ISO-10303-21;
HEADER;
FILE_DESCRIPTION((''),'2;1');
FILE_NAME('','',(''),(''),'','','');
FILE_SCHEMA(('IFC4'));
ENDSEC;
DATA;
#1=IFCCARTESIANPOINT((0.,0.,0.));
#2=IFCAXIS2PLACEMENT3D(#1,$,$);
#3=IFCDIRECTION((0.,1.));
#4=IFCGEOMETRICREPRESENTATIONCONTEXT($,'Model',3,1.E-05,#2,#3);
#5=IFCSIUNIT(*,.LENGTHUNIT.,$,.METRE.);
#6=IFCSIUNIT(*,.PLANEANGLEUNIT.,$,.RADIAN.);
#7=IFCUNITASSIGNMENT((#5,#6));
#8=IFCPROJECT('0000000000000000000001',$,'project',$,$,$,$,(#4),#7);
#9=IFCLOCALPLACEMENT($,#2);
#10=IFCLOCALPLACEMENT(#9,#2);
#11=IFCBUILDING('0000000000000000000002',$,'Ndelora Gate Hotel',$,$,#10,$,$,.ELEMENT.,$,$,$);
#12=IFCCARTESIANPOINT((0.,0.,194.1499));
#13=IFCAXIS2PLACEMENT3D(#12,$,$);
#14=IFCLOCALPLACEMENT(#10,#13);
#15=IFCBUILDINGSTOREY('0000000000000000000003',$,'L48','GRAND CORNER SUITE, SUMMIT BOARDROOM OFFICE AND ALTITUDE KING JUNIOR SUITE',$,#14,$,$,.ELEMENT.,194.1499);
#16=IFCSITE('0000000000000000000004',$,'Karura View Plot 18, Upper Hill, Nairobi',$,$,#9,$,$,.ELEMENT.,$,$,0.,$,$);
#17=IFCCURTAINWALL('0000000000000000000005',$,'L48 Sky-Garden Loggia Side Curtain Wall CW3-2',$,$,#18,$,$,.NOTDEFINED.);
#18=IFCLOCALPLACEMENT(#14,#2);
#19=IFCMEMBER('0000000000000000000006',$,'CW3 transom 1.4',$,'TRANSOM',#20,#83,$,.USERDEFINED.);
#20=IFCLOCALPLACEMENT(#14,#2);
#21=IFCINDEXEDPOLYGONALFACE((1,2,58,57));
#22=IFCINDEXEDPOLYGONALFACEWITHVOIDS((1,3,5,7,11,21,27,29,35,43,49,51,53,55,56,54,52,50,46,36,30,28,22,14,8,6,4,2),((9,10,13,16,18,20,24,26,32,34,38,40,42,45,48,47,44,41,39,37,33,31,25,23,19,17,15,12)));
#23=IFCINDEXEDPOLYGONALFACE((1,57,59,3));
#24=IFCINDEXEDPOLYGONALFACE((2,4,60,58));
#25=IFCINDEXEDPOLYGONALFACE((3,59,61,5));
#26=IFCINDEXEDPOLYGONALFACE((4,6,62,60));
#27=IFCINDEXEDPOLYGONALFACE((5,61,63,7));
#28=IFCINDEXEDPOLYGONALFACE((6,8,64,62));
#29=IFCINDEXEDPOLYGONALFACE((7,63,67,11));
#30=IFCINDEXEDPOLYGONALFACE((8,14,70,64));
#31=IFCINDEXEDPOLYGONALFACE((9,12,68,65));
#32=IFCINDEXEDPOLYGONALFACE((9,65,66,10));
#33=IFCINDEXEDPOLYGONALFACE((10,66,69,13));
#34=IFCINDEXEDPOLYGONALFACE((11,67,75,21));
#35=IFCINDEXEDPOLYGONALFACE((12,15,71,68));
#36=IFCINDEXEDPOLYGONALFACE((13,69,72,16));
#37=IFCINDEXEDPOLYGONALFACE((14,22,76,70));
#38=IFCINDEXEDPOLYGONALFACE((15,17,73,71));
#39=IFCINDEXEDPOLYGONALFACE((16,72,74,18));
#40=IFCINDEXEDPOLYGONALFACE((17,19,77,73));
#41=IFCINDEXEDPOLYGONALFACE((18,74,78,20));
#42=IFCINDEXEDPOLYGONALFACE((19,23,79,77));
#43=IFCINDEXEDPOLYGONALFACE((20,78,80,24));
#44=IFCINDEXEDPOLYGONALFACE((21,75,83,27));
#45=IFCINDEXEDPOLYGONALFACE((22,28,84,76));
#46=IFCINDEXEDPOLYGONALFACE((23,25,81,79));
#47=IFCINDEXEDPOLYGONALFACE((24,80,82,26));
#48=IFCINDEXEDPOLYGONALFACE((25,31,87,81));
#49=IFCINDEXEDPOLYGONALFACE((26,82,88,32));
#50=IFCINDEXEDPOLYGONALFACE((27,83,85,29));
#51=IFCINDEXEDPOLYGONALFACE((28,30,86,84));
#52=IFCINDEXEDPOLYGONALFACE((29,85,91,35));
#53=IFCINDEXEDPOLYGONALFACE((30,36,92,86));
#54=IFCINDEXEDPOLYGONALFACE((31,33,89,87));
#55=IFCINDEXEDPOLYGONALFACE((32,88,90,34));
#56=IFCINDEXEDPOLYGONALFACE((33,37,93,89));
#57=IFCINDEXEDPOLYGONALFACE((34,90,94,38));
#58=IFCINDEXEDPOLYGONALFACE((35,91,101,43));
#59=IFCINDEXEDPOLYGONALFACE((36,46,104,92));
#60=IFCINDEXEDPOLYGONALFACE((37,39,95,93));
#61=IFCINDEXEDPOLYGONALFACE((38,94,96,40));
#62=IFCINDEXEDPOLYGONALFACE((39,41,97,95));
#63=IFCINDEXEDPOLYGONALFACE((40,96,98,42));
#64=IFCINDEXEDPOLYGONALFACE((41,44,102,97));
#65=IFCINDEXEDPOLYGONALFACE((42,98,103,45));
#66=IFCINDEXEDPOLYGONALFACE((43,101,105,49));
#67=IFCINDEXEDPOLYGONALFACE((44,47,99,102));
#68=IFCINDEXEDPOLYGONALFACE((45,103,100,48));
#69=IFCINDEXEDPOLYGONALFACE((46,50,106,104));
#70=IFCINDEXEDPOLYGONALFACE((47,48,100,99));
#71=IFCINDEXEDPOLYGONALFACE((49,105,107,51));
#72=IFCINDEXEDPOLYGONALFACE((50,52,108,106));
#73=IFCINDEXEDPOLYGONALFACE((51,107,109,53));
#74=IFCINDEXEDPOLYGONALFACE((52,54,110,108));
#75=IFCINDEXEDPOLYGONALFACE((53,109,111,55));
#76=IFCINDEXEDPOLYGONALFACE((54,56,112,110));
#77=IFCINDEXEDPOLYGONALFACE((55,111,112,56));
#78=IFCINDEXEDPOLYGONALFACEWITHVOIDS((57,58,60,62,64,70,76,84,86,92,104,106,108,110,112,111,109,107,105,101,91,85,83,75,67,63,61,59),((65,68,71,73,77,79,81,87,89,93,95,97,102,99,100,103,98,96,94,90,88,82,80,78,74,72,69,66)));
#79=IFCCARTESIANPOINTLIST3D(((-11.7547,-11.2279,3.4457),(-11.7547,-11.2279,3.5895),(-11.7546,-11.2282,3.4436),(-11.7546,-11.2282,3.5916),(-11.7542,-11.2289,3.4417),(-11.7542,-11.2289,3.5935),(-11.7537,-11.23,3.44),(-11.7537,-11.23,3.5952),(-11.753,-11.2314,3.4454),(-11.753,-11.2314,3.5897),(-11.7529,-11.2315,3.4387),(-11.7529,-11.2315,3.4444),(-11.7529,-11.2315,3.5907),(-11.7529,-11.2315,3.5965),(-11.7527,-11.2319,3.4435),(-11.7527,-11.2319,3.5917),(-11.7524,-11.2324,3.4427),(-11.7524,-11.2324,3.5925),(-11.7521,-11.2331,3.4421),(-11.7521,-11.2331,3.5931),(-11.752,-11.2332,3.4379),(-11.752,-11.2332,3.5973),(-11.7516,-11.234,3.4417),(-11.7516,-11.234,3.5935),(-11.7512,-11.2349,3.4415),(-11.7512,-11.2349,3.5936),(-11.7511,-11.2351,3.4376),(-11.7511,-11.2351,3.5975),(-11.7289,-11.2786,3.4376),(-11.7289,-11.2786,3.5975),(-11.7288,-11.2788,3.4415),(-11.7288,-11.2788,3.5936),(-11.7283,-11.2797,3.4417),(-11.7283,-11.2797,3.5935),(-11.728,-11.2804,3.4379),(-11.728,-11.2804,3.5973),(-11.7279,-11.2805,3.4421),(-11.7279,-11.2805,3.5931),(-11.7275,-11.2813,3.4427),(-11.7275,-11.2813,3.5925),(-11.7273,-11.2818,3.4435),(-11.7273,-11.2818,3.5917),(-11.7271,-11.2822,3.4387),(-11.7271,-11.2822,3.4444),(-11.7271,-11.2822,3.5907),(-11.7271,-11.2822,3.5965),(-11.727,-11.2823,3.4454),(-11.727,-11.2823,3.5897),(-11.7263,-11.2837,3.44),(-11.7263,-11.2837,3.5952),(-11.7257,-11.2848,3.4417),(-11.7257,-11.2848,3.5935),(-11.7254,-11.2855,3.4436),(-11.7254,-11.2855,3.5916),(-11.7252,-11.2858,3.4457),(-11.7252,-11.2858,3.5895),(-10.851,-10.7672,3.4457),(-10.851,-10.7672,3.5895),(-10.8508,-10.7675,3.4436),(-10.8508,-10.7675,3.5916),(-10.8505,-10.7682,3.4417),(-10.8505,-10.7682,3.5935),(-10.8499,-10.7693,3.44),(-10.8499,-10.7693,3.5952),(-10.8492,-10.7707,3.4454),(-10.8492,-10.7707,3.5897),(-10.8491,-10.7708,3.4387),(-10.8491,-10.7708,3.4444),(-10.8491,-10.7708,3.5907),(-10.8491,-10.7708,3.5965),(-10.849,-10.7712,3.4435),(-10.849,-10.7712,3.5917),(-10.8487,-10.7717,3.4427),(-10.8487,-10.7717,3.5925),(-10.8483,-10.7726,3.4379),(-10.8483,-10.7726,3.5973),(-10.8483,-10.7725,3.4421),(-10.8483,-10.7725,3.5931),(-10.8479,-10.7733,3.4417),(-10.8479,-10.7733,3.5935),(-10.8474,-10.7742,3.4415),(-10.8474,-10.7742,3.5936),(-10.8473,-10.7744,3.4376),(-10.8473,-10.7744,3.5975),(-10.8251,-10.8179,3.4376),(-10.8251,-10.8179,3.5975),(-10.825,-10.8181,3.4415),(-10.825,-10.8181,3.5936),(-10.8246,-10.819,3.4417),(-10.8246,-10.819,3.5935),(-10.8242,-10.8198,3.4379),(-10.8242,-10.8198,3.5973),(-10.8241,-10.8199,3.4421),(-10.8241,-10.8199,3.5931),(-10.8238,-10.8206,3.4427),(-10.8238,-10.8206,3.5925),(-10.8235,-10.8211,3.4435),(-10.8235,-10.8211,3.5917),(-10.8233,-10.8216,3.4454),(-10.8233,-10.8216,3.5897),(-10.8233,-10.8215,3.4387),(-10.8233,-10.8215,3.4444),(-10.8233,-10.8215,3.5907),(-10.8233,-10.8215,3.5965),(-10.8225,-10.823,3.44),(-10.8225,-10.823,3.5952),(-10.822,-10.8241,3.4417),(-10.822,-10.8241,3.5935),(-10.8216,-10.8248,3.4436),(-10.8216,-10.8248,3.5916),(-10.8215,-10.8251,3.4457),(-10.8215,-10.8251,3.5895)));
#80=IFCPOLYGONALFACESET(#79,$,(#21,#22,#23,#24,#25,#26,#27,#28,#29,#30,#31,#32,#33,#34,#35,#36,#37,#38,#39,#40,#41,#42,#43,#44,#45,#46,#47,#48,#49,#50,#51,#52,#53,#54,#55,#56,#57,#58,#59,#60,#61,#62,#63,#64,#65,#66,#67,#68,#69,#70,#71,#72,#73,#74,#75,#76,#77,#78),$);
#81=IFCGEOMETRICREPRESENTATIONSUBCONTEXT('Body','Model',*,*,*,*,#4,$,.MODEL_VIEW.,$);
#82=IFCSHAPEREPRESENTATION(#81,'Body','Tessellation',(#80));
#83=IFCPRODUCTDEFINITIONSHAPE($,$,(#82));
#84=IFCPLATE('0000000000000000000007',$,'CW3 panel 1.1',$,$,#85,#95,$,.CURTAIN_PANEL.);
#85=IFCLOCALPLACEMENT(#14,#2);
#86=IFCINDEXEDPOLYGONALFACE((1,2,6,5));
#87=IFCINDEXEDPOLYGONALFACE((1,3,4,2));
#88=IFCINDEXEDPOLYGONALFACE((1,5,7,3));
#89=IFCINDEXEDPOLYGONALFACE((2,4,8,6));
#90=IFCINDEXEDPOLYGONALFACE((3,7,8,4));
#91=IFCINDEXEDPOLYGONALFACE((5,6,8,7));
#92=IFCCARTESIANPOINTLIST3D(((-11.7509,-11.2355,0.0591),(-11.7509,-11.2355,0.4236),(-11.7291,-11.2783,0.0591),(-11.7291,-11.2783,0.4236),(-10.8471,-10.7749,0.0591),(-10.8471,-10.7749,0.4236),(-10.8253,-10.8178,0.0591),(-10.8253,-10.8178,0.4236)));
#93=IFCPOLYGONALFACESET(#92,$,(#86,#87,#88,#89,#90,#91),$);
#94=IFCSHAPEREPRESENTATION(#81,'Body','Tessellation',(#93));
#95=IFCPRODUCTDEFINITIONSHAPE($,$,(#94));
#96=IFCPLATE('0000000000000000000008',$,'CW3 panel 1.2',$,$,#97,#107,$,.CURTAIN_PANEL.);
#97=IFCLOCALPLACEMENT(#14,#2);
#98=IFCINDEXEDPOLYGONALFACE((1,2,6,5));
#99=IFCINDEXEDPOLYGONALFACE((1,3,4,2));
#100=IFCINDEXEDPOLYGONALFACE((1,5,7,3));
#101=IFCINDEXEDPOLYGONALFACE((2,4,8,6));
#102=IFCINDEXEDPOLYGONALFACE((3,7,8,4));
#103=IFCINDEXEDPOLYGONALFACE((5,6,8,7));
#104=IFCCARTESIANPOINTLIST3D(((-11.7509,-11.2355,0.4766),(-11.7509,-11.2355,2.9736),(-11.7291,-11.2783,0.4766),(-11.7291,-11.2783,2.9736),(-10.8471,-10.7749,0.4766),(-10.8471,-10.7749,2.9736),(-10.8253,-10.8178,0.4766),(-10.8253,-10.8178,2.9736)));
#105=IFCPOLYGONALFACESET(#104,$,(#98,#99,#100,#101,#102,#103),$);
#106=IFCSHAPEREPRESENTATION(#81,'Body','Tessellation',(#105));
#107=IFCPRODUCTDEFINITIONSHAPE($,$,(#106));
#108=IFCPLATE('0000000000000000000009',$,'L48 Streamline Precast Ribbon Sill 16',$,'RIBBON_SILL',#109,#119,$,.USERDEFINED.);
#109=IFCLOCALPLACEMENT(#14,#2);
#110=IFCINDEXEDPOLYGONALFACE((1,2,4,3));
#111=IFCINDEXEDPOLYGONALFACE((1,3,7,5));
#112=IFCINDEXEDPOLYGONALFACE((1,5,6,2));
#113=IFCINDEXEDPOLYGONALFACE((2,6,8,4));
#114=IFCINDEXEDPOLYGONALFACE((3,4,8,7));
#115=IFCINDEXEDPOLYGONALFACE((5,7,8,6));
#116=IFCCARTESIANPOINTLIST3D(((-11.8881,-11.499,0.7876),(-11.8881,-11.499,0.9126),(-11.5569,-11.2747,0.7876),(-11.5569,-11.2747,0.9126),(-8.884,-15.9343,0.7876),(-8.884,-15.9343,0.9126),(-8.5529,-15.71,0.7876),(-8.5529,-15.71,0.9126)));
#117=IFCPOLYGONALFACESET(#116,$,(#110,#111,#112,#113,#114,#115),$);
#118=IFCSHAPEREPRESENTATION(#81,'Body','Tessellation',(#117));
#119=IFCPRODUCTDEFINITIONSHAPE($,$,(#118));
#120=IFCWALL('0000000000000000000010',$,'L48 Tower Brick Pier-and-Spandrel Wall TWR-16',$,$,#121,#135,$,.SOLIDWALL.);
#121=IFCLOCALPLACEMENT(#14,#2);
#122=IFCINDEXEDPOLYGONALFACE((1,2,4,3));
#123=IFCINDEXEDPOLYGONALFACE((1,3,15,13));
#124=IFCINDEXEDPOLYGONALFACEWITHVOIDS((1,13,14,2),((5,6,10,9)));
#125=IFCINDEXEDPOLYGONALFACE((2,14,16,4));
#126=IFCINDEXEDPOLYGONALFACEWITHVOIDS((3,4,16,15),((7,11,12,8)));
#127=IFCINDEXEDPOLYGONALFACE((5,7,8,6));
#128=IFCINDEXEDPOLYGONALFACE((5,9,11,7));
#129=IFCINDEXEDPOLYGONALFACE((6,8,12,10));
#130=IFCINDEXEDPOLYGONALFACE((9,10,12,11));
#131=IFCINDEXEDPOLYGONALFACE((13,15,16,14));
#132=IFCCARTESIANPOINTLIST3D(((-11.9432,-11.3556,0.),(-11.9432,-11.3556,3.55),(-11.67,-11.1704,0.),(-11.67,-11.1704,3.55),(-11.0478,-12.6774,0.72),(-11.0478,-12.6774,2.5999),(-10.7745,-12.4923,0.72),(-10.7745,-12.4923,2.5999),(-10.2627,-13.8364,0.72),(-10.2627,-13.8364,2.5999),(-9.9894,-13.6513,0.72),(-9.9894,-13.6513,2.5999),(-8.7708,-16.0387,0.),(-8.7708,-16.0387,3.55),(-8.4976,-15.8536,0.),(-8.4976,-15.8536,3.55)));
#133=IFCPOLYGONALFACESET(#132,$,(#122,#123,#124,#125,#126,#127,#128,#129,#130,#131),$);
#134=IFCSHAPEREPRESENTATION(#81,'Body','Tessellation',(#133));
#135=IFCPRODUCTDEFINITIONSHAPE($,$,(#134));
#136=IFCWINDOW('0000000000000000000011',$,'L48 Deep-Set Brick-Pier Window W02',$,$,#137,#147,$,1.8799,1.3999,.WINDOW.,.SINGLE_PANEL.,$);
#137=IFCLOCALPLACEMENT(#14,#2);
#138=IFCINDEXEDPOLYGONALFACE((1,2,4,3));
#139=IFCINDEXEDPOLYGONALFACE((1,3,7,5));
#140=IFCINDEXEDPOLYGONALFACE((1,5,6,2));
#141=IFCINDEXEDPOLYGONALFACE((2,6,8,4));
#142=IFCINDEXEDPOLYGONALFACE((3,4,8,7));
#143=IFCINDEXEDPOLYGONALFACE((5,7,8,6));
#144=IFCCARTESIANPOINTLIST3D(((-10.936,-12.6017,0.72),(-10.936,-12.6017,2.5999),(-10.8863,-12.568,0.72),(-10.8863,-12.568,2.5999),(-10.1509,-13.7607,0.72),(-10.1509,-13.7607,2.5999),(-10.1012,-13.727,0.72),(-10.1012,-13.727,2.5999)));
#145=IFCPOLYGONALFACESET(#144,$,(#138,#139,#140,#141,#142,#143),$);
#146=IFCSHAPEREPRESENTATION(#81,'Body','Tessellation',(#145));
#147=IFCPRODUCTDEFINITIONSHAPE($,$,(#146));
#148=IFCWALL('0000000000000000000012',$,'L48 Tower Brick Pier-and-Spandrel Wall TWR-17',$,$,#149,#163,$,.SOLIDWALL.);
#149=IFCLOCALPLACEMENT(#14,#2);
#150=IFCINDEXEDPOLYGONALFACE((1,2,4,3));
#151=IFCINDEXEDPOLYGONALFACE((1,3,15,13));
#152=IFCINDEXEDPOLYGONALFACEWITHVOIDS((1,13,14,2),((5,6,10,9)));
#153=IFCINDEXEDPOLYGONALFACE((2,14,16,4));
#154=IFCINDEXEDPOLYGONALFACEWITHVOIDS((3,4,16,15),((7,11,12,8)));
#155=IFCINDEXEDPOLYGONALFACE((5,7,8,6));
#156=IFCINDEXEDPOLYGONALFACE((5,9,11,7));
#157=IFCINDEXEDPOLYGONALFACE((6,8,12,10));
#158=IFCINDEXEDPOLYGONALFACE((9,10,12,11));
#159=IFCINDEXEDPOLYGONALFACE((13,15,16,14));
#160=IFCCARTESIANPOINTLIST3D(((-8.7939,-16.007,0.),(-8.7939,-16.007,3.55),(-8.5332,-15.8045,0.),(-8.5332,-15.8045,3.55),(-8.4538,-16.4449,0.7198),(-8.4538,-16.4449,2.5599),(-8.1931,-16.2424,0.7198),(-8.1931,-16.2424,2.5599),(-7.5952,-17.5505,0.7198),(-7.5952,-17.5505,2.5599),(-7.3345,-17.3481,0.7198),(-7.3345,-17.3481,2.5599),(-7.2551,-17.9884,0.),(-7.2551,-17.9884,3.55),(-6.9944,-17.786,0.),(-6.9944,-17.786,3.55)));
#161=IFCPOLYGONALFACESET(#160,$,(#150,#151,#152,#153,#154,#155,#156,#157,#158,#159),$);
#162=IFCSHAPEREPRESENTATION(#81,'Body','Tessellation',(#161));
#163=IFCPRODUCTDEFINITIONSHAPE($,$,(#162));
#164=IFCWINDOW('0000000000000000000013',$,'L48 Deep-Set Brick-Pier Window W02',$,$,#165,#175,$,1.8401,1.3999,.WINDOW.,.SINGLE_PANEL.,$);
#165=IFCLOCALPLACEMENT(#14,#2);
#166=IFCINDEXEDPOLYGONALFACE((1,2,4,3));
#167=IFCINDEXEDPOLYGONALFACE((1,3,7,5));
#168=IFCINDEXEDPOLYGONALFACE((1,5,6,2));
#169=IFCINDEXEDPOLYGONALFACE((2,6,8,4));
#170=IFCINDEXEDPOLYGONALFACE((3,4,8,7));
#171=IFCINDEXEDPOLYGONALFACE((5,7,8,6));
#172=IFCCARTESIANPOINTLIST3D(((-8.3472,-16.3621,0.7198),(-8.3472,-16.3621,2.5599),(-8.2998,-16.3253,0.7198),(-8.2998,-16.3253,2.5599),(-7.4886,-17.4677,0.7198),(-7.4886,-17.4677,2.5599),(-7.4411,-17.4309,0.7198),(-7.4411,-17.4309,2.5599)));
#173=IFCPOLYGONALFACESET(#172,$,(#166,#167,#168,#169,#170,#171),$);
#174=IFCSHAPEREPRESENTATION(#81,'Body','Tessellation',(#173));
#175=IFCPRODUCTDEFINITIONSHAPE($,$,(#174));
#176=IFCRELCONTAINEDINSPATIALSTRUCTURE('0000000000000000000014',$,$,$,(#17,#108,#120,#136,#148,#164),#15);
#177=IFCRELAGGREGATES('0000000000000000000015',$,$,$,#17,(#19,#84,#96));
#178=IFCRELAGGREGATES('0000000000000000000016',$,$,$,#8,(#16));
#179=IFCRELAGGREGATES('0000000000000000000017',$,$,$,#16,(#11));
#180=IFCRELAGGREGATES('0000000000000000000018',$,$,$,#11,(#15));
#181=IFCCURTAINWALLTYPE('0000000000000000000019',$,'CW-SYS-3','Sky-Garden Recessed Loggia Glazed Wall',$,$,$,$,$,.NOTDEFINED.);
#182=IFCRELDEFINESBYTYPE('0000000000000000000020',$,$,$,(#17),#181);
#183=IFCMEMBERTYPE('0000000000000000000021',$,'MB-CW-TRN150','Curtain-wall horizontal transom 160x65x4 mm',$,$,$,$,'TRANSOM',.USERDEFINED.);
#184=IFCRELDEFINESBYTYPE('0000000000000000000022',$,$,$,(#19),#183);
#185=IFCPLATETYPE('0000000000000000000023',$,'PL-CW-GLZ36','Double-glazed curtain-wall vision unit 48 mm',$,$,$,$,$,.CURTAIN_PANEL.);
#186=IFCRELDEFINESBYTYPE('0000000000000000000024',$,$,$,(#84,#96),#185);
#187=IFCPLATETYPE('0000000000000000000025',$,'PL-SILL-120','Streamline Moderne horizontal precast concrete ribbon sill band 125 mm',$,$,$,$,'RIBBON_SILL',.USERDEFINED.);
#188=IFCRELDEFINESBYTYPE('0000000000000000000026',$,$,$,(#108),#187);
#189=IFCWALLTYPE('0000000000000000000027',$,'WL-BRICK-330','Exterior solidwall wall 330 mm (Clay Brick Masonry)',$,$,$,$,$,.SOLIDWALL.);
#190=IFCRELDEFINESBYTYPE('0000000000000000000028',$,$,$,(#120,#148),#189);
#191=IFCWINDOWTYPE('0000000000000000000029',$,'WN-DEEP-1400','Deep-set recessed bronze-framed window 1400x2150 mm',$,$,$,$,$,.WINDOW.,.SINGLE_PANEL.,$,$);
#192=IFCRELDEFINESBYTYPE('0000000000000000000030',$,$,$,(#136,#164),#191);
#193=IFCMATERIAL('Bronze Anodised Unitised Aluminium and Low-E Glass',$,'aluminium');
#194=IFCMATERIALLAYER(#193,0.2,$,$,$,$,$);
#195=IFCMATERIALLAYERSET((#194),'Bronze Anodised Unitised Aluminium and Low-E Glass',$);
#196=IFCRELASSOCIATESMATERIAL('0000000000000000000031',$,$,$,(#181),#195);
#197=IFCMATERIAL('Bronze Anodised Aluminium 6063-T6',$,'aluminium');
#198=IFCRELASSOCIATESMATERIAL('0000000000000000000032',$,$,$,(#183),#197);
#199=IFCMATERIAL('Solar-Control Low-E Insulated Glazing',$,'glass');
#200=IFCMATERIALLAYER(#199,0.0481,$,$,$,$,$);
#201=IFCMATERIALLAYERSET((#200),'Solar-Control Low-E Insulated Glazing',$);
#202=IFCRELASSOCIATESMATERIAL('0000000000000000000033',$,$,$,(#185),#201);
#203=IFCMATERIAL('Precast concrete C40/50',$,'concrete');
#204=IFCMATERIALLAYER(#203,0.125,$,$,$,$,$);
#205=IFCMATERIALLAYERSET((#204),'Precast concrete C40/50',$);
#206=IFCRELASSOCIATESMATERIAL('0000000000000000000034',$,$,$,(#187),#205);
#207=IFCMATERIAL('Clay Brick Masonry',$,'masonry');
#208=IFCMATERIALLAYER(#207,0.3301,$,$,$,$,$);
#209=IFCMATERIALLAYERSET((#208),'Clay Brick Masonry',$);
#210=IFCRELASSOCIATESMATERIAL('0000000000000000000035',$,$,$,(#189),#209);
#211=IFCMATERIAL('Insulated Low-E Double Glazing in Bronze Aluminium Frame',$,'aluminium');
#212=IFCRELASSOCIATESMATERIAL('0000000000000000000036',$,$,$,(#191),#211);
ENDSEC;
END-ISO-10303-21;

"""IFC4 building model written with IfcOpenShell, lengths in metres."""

from ifc_helpers import new_model, si_unit, direction, frame, frame_2d, origin, origin_2d, place, context, subcontext, project, spatial, rectangle, hollow_rectangle, extrude, material, layer, layer_set, material_profile, profile_set, type_object, element, fill, aggregate, save


model = new_model("IFC4")

# Units and contexts
model_context = context("Model", 3, precision=1e-05, world=origin(), true_north=direction((0.0, 1.0)))
body_context = subcontext(model_context, "Body", "Model", "MODEL_VIEW")
ifc_project = project(units=[si_unit("LENGTHUNIT", "METRE"), si_unit("PLANEANGLEUNIT", "RADIAN")], contexts=[model_context])

# Site, building, storey
site_placement = place(None, origin())
site = spatial("IfcSite", under=ifc_project, at=site_placement, Name="Karura View Plot 18, Upper Hill, Nairobi", CompositionType="ELEMENT", RefElevation=0.0)
building_placement = place(site_placement, origin())
building = spatial("IfcBuilding", under=site, at=building_placement, Name="Ndelora Gate Hotel", CompositionType="ELEMENT")
storey_placement = place(building_placement, frame((0.0, 0.0, 194.1499)))
storey = spatial("IfcBuildingStorey", under=building, at=storey_placement, Name="L48", Description="GRAND CORNER SUITE, SUMMIT BOARDROOM OFFICE AND ALTITUDE KING JUNIOR SUITE", CompositionType="ELEMENT", Elevation=194.1499)

# Curtain wall, member, plates
ifc_material_1 = material(Name="Bronze Anodised Unitised Aluminium and Low-E Glass", Category="aluminium")
ifc_layer_1 = layer(ifc_material_1, 0.2)
ifc_layer_set_1 = layer_set([ifc_layer_1], Name="Bronze Anodised Unitised Aluminium and Low-E Glass")
curtain_wall_type = type_object("IfcCurtainWallType", Name="CW-SYS-3", Description="Sky-Garden Recessed Loggia Glazed Wall", PredefinedType="NOTDEFINED", material=ifc_layer_set_1)
curtain_wall_placement = place(storey_placement, origin())
curtain_wall = element("IfcCurtainWall", 1, at=curtain_wall_placement, inside=storey, type_object=curtain_wall_type, Name="L48 Sky-Garden Loggia Side Curtain Wall CW3-2", PredefinedType="NOTDEFINED")
ifc_material_2 = material(Name="Bronze Anodised Aluminium 6063-T6", Category="aluminium")
ifc_material_profile_1 = material_profile(ifc_material_2, hollow_rectangle(XDim=0.0649, YDim=0.1599, WallThickness=0.0039, InnerFilletRadius=0.0039, OuterFilletRadius=0.0081, at=origin_2d()), Name="ALU 160x65x4")
ifc_profile_set_1 = profile_set([ifc_material_profile_1], Name="Bronze Anodised Aluminium 6063-T6")
member_type_1 = type_object("IfcMemberType", Name="MB-CW-TRN150", Description="Curtain-wall horizontal transom 160x65x4 mm", ElementType="TRANSOM", PredefinedType="USERDEFINED", material=ifc_profile_set_1)
member_1_placement = place(storey_placement, frame((-11.74, -11.2568, 3.5176), z_axis=(0.890935, 0.454131, 0.0), x_axis=(-0.454131, 0.890935, 0.0)))
member_1 = element("IfcMember", 2, at=member_1_placement, type_object=member_type_1, Name="CW3 transom 1.4", ObjectType="TRANSOM", PredefinedType="USERDEFINED", context=body_context, shape_type="SweptSolid", body=[
    extrude(hollow_rectangle(XDim=0.0649, YDim=0.1599, WallThickness=0.0039, InnerFilletRadius=0.0039, OuterFilletRadius=0.0081, at=origin_2d()), origin(), (0.0, 0.0, 1.0), 1.0144),
])
ifc_material_3 = material(Name="Solar-Control Low-E Insulated Glazing", Category="glass")
ifc_layer_2 = layer(ifc_material_3, 0.0481)
ifc_layer_set_2 = layer_set([ifc_layer_2], Name="Solar-Control Low-E Insulated Glazing")
plate_type_1 = type_object("IfcPlateType", Name="PL-CW-GLZ36", Description="Double-glazed curtain-wall vision unit 48 mm", PredefinedType="CURTAIN_PANEL", material=ifc_layer_set_2)
plate_1_placement = place(storey_placement, frame((-11.2881, -11.0266, 0.0591), z_axis=(0.0, 0.0, 1.0), x_axis=(0.891001, 0.454001, 0.0)))
plate_1 = element("IfcPlate", 3, at=plate_1_placement, type_object=plate_type_1, Name="CW3 panel 1.1", PredefinedType="CURTAIN_PANEL", context=body_context, shape_type="SweptSolid", body=[
    extrude(rectangle(XDim=1.0144, YDim=0.0481, at=origin_2d()), origin(), (0.0, 0.0, 1.0), 0.3645),
])
plate_2_placement = place(storey_placement, frame((-11.2881, -11.0266, 0.4766), z_axis=(0.0, 0.0, 1.0), x_axis=(0.891001, 0.454001, 0.0)))
plate_2 = element("IfcPlate", 4, at=plate_2_placement, type_object=plate_type_1, Name="CW3 panel 1.2", PredefinedType="CURTAIN_PANEL", context=body_context, shape_type="SweptSolid", body=[
    extrude(rectangle(XDim=1.0144, YDim=0.0481, at=origin_2d()), origin(), (0.0, 0.0, 1.0), 2.4971),
])
aggregate(curtain_wall, [member_1, plate_1, plate_2])

# Plate
ifc_material_4 = material(Name="Precast concrete C40/50", Category="concrete")
ifc_layer_3 = layer(ifc_material_4, 0.125)
ifc_layer_set_3 = layer_set([ifc_layer_3], Name="Precast concrete C40/50")
plate_type_2 = type_object("IfcPlateType", Name="PL-SILL-120", Description="Streamline Moderne horizontal precast concrete ribbon sill band 125 mm", ElementType="RIBBON_SILL", PredefinedType="USERDEFINED", material=ifc_layer_set_3)
plate_3_placement = place(storey_placement, frame((-10.2205, -13.6045, 0.7876), z_axis=(0.0, 0.0, 1.0), x_axis=(-0.560784, 0.827962, 0.0)))
element("IfcPlate", 5, at=plate_3_placement, inside=storey, type_object=plate_type_2, Name="L48 Streamline Precast Ribbon Sill 16", ObjectType="RIBBON_SILL", PredefinedType="USERDEFINED", context=body_context, shape_type="SweptSolid", body=[
    extrude(rectangle(XDim=5.3569, YDim=0.3999, at=origin_2d()), origin(), (0.0, 0.0, 1.0), 0.125),
])

# Walls, openings, windows
ifc_material_5 = material(Name="Clay Brick Masonry", Category="masonry")
ifc_layer_4 = layer(ifc_material_5, 0.3301)
ifc_layer_set_4 = layer_set([ifc_layer_4], Name="Clay Brick Masonry")
wall_type = type_object("IfcWallType", Name="WL-BRICK-330", Description="Exterior solidwall wall 330 mm (Clay Brick Masonry)", PredefinedType="SOLIDWALL", material=ifc_layer_set_4)
wall_1_placement = place(storey_placement, frame((-8.6343, -15.946, 0.0), z_axis=(0.0, 0.0, 1.0), x_axis=(-0.560841, 0.827924, 0.0)))
wall_1 = element("IfcWall", 6, at=wall_1_placement, inside=storey, type_object=wall_type, Name="L48 Tower Brick Pier-and-Spandrel Wall TWR-16", PredefinedType="SOLIDWALL", context=body_context, shape_type="SweptSolid", body=[
    extrude(rectangle(XDim=5.6565, YDim=0.3301, at=frame_2d((2.8281, 0.0))), origin(), (0.0, 0.0, 1.0), 3.55),
])
opening_1_placement = place(wall_1_placement, frame((2.6599, 0.0, 0.72)))
opening_1 = element("IfcOpeningElement", 7, at=opening_1_placement, cuts=wall_1, PredefinedType="OPENING", context=body_context, shape_type="SweptSolid", body=[
    extrude(rectangle(XDim=1.3999, YDim=1.8799, at=frame_2d((0.7, 0.9399))), frame((0.0, 0.175, 0.0), z_axis=(0.0, -1.0, 0.0), x_axis=(1.0, 0.0, 0.0)), (0.0, 0.0, 1.0), 0.3501),
])
ifc_material_6 = material(Name="Insulated Low-E Double Glazing in Bronze Aluminium Frame", Category="aluminium")
window_type = type_object("IfcWindowType", Name="WN-DEEP-1400", Description="Deep-set recessed bronze-framed window 1400x2150 mm", PartitioningType="SINGLE_PANEL", PredefinedType="WINDOW", material=ifc_material_6)
window_1_placement = place(opening_1_placement, origin())
window_1 = element("IfcWindow", 8, at=window_1_placement, inside=storey, type_object=window_type, Name="L48 Deep-Set Brick-Pier Window W02", OverallHeight=1.8799, OverallWidth=1.3999, PartitioningType="SINGLE_PANEL", PredefinedType="WINDOW", context=body_context, shape_type="SweptSolid", body=[
    extrude(rectangle(XDim=1.3999, YDim=1.8799, at=frame_2d((0.7, 0.9399))), frame((0.0, 0.03, 0.0), z_axis=(0.0, -1.0, 0.0), x_axis=(1.0, 0.0, 0.0)), (0.0, 0.0, 1.0), 0.0601),
])
fill(opening_1, window_1)
wall_2_placement = place(storey_placement, frame((-7.1248, -17.8872, 0.0), z_axis=(0.0, 0.0, 1.0), x_axis=(-0.613368, 0.789797, 0.0)))
wall_2 = element("IfcWall", 9, at=wall_2_placement, inside=storey, type_object=wall_type, Name="L48 Tower Brick Pier-and-Spandrel Wall TWR-17", PredefinedType="SOLIDWALL", context=body_context, shape_type="SweptSolid", body=[
    extrude(rectangle(XDim=2.5088, YDim=0.3301, at=frame_2d((1.2544, 0.0))), origin(), (0.0, 0.0, 1.0), 3.55),
])
opening_2_placement = place(wall_2_placement, frame((0.5544, 0.0, 0.72)))
opening_2 = element("IfcOpeningElement", 10, at=opening_2_placement, cuts=wall_2, PredefinedType="OPENING", context=body_context, shape_type="SweptSolid", body=[
    extrude(rectangle(XDim=1.3999, YDim=1.8401, at=frame_2d((0.7, 0.9199))), frame((0.0, 0.175, 0.0), z_axis=(0.0, -1.0, 0.0), x_axis=(1.0, 0.0, 0.0)), (0.0, 0.0, 1.0), 0.3501),
])
window_2_placement = place(opening_2_placement, origin())
window_2 = element("IfcWindow", 11, at=window_2_placement, inside=storey, type_object=window_type, Name="L48 Deep-Set Brick-Pier Window W02", OverallHeight=1.8401, OverallWidth=1.3999, PartitioningType="SINGLE_PANEL", PredefinedType="WINDOW", context=body_context, shape_type="SweptSolid", body=[
    extrude(rectangle(XDim=1.3999, YDim=1.8401, at=frame_2d((0.7, 0.9199))), frame((0.0, 0.03, 0.0), z_axis=(0.0, -1.0, 0.0), x_axis=(1.0, 0.0, 0.0)), (0.0, 0.0, 1.0), 0.0601),
])
fill(opening_2, window_2)

save(model, "model.ifc")
